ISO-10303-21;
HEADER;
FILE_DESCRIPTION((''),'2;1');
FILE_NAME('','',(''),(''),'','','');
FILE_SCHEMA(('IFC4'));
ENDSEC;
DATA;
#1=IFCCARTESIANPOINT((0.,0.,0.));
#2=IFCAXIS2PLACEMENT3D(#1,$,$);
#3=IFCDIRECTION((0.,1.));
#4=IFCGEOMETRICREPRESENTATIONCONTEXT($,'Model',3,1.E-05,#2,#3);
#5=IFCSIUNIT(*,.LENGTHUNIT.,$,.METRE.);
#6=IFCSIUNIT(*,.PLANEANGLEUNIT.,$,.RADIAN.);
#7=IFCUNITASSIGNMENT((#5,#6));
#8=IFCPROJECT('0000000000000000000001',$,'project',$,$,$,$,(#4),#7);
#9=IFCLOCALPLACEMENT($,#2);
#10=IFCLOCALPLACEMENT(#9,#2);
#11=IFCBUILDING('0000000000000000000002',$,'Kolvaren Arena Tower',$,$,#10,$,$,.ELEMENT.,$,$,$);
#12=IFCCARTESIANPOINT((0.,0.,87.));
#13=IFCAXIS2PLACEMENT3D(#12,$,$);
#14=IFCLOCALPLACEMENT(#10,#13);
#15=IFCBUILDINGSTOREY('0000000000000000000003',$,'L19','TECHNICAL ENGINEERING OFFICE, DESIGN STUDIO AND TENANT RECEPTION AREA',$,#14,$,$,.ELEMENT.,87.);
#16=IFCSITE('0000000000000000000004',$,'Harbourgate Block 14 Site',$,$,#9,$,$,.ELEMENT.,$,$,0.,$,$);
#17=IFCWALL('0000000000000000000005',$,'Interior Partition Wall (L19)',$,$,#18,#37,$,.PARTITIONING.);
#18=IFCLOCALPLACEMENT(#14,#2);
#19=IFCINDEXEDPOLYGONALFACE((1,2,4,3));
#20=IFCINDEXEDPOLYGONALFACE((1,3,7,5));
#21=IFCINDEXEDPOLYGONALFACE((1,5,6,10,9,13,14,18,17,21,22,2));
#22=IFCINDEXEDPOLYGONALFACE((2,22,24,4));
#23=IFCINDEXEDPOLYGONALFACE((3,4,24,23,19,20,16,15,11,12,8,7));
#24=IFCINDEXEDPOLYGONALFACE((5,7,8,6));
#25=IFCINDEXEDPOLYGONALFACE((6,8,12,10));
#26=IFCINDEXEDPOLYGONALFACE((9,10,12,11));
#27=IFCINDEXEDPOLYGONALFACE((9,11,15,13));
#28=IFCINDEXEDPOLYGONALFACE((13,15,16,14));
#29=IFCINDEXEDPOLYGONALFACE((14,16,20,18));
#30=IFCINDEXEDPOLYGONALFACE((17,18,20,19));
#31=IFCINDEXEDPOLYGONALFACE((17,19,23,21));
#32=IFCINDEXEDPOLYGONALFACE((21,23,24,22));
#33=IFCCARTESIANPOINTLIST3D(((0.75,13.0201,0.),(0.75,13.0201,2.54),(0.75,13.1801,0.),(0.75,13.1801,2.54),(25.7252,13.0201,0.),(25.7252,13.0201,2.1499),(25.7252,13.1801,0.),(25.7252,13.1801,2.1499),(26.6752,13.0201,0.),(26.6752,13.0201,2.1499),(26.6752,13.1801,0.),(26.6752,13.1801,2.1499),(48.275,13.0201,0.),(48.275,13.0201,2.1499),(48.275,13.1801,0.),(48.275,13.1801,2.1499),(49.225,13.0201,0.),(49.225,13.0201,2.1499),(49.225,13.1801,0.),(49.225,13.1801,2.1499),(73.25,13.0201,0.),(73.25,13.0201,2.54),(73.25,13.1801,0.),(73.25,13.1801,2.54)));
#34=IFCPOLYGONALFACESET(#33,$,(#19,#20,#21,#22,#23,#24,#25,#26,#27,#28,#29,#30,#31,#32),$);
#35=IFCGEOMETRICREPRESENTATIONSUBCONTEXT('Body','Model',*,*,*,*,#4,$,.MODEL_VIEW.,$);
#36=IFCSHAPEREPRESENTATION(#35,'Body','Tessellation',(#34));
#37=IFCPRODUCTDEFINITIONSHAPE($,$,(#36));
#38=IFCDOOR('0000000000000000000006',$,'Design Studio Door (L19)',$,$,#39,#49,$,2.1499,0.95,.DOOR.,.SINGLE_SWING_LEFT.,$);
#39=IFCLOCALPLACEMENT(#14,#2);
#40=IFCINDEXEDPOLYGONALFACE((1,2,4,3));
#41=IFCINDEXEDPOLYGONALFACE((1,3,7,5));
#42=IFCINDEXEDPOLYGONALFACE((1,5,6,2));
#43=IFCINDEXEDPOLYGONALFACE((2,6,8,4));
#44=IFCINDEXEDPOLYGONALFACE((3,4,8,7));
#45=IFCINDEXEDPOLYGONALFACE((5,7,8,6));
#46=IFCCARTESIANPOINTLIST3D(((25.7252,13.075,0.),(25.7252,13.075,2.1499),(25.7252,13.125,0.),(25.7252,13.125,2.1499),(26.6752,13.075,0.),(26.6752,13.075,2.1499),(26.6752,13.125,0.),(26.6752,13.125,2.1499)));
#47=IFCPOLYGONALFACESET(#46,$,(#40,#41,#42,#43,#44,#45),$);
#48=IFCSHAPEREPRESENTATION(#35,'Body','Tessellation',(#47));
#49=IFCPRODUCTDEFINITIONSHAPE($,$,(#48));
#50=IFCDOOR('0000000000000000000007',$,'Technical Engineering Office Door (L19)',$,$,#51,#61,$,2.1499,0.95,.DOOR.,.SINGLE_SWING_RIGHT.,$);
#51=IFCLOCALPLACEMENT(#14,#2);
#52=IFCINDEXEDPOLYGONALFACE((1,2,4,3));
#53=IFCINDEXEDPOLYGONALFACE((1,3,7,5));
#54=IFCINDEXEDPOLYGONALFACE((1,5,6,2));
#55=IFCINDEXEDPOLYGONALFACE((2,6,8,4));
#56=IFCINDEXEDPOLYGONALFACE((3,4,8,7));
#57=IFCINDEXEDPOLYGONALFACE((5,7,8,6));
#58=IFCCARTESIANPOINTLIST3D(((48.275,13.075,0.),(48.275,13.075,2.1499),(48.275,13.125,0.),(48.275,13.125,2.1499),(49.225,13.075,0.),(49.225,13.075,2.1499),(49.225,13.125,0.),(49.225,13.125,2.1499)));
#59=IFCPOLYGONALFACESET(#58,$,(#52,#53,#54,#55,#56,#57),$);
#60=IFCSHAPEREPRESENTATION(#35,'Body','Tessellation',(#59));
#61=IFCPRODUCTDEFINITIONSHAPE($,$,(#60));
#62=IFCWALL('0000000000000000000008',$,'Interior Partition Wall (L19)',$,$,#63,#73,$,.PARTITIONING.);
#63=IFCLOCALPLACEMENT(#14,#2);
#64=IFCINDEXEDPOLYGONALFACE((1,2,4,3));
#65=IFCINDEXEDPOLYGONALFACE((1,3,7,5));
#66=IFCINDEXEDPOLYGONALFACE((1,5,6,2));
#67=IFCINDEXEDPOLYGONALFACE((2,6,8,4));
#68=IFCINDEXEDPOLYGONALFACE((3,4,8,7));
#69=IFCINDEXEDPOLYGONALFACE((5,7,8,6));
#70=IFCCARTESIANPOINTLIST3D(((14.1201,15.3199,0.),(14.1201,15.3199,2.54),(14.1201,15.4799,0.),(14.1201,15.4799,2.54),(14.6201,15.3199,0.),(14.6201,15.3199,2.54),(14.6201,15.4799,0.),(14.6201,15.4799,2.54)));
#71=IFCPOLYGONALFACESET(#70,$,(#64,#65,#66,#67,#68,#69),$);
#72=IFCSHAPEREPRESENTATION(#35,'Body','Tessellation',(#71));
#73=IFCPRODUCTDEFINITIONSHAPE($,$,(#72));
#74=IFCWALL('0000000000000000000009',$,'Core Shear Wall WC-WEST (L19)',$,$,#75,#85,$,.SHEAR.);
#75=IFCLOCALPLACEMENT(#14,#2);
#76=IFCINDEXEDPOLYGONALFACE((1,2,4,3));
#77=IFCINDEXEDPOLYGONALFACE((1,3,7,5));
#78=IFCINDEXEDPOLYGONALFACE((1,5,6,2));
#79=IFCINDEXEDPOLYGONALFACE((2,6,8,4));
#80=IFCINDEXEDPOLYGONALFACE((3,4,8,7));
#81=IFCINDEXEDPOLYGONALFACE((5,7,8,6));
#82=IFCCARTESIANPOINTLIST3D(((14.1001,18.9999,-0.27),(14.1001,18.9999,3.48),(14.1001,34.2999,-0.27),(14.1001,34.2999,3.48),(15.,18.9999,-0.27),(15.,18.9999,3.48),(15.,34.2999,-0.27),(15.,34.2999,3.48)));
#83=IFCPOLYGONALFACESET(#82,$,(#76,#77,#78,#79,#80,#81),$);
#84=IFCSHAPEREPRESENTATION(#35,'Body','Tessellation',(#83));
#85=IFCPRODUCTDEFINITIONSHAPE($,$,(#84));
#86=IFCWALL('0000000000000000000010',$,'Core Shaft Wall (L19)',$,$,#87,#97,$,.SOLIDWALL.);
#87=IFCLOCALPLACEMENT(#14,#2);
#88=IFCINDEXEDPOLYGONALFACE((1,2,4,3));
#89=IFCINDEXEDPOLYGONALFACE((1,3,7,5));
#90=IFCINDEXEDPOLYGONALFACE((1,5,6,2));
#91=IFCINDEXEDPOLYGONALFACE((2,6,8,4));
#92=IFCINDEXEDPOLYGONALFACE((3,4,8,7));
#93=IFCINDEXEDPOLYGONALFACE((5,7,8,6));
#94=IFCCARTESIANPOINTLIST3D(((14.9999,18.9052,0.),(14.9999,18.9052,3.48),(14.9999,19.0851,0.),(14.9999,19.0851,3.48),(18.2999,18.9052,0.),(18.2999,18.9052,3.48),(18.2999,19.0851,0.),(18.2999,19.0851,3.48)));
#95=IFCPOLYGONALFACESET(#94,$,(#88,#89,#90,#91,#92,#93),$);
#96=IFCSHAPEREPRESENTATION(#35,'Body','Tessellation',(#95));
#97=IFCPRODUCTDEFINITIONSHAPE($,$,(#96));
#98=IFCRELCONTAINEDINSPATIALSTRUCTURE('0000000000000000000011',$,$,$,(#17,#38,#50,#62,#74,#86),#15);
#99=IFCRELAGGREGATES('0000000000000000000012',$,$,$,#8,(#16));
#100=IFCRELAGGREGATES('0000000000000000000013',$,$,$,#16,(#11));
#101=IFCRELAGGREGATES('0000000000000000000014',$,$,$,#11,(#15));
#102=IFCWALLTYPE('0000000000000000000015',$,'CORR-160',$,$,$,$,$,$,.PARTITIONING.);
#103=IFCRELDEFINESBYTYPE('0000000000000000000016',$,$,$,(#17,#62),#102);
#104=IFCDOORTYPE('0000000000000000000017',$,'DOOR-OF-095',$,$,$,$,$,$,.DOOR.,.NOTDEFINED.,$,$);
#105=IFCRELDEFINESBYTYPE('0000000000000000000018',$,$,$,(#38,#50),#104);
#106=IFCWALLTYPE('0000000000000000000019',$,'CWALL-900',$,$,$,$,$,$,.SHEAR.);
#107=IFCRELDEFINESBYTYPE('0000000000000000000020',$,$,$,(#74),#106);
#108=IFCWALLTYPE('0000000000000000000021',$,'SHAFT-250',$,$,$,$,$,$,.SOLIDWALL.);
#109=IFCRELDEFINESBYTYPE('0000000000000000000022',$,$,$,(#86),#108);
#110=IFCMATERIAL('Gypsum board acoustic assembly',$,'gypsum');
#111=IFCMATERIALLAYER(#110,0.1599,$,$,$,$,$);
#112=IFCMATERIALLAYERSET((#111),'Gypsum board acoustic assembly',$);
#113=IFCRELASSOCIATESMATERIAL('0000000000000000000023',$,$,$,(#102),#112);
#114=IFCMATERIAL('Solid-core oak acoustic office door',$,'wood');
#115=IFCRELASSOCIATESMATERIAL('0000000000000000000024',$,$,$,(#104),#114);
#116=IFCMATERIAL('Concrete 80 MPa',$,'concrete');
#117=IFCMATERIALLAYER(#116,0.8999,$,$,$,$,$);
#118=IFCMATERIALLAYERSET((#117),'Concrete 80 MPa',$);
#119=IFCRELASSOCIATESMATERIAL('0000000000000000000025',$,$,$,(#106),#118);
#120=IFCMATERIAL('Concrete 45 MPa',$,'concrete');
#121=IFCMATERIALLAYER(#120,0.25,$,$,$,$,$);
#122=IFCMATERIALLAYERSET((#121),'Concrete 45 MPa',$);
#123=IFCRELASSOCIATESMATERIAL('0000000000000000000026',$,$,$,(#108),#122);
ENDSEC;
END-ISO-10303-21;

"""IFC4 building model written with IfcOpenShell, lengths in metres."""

from ifc_helpers import new_model, si_unit, direction, frame, frame_2d, origin, place, context, subcontext, project, spatial, rectangle, extrude, material, layer, layer_set, type_object, element, fill, save


model = new_model("IFC4")

# Units and contexts
model_context = context("Model", 3, precision=1e-05, world=origin(), true_north=direction((0.0, 1.0)))
body_context = subcontext(model_context, "Body", "Model", "MODEL_VIEW")
ifc_project = project(units=[si_unit("LENGTHUNIT", "METRE"), si_unit("PLANEANGLEUNIT", "RADIAN")], contexts=[model_context])

# Site, building, storey
site_placement = place(None, origin())
site = spatial("IfcSite", under=ifc_project, at=site_placement, Name="Harbourgate Block 14 Site", CompositionType="ELEMENT", RefElevation=0.0)
building_placement = place(site_placement, origin())
building = spatial("IfcBuilding", under=site, at=building_placement, Name="Kolvaren Arena Tower", CompositionType="ELEMENT")
storey_placement = place(building_placement, frame((0.0, 0.0, 87.0)))
storey = spatial("IfcBuildingStorey", under=building, at=storey_placement, Name="L19", Description="TECHNICAL ENGINEERING OFFICE, DESIGN STUDIO AND TENANT RECEPTION AREA", CompositionType="ELEMENT", Elevation=87.0)

# Wall, openings, doors
ifc_material_1 = material(Name="Gypsum board acoustic assembly", Category="gypsum")
ifc_layer_1 = layer(ifc_material_1, 0.1599)
ifc_layer_set_1 = layer_set([ifc_layer_1], Name="Gypsum board acoustic assembly")
wall_type_1 = type_object("IfcWallType", Name="CORR-160", PredefinedType="PARTITIONING", material=ifc_layer_set_1)
wall_1_placement = place(storey_placement, frame((0.75, 13.1001, 0.0), z_axis=(0.0, 0.0, 1.0), x_axis=(1.0, 0.0, 0.0)))
wall_1 = element("IfcWall", 1, at=wall_1_placement, inside=storey, type_object=wall_type_1, Name="Interior Partition Wall (L19)", PredefinedType="PARTITIONING", context=body_context, shape_type="SweptSolid", body=[
    extrude(rectangle(XDim=72.5, YDim=0.1599, at=frame_2d((36.25, 0.0))), origin(), (0.0, 0.0, 1.0), 2.54),
])
opening_1_placement = place(wall_1_placement, frame((24.9751, 0.0, 0.0)))
opening_1 = element("IfcOpeningElement", 2, at=opening_1_placement, cuts=wall_1, PredefinedType="OPENING", context=body_context, shape_type="SweptSolid", body=[
    extrude(rectangle(XDim=0.95, YDim=2.1499, at=frame_2d((0.4751, 1.075))), frame((0.0, 0.0898, 0.0), z_axis=(0.0, -1.0, 0.0), x_axis=(1.0, 0.0, 0.0)), (0.0, 0.0, 1.0), 0.1799),
])
opening_2_placement = place(wall_1_placement, frame((47.5249, 0.0, 0.0)))
opening_2 = element("IfcOpeningElement", 3, at=opening_2_placement, cuts=wall_1, PredefinedType="OPENING", context=body_context, shape_type="SweptSolid", body=[
    extrude(rectangle(XDim=0.95, YDim=2.1499, at=frame_2d((0.4751, 1.075))), frame((0.0, 0.0898, 0.0), z_axis=(0.0, -1.0, 0.0), x_axis=(1.0, 0.0, 0.0)), (0.0, 0.0, 1.0), 0.1799),
])
ifc_material_2 = material(Name="Solid-core oak acoustic office door", Category="wood")
door_type_1 = type_object("IfcDoorType", Name="DOOR-OF-095", OperationType="NOTDEFINED", PredefinedType="DOOR", material=ifc_material_2)
door_1_placement = place(opening_1_placement, origin())
door_1 = element("IfcDoor", 4, at=door_1_placement, inside=storey, type_object=door_type_1, Name="Design Studio Door (L19)", OperationType="SINGLE_SWING_LEFT", OverallHeight=2.1499, OverallWidth=0.95, PredefinedType="DOOR", context=body_context, shape_type="SweptSolid", body=[
    extrude(rectangle(XDim=0.95, YDim=2.1499, at=frame_2d((0.4751, 1.075))), frame((0.0, 0.0249, 0.0), z_axis=(0.0, -1.0, 0.0), x_axis=(1.0, 0.0, 0.0)), (0.0, 0.0, 1.0), 0.05),
])
fill(opening_1, door_1)
door_2_placement = place(opening_2_placement, origin())
door_2 = element("IfcDoor", 5, at=door_2_placement, inside=storey, type_object=door_type_1, Name="Technical Engineering Office Door (L19)", OperationType="SINGLE_SWING_RIGHT", OverallHeight=2.1499, OverallWidth=0.95, PredefinedType="DOOR", context=body_context, shape_type="SweptSolid", body=[
    extrude(rectangle(XDim=0.95, YDim=2.1499, at=frame_2d((0.4751, 1.075))), frame((0.0, 0.0249, 0.0), z_axis=(0.0, -1.0, 0.0), x_axis=(1.0, 0.0, 0.0)), (0.0, 0.0, 1.0), 0.05),
])
fill(opening_2, door_2)

# Walls
wall_2_placement = place(storey_placement, frame((14.1201, 15.3999, 0.0), z_axis=(0.0, 0.0, 1.0), x_axis=(1.0, 0.0, 0.0)))
element("IfcWall", 6, at=wall_2_placement, inside=storey, type_object=wall_type_1, Name="Interior Partition Wall (L19)", PredefinedType="PARTITIONING", context=body_context, shape_type="SweptSolid", body=[
    extrude(rectangle(XDim=0.5, YDim=0.1599, at=frame_2d((0.25, 0.0))), origin(), (0.0, 0.0, 1.0), 2.54),
])
ifc_material_3 = material(Name="Concrete 80 MPa", Category="concrete")
ifc_layer_2 = layer(ifc_material_3, 0.8999)
ifc_layer_set_2 = layer_set([ifc_layer_2], Name="Concrete 80 MPa")
wall_type_2 = type_object("IfcWallType", Name="CWALL-900", PredefinedType="SHEAR", material=ifc_layer_set_2)
wall_3_placement = place(storey_placement, frame((14.55, 19.0, -0.27), z_axis=(0.0, 0.0, 1.0), x_axis=(0.0, 1.0, 0.0)))
element("IfcWall", 7, at=wall_3_placement, inside=storey, type_object=wall_type_2, Name="Core Shear Wall WC-WEST (L19)", PredefinedType="SHEAR", context=body_context, shape_type="SweptSolid", body=[
    extrude(rectangle(XDim=15.3, YDim=0.8999, at=frame_2d((7.6499, 0.0))), origin(), (0.0, 0.0, 1.0), 3.75),
])
ifc_material_4 = material(Name="Concrete 45 MPa", Category="concrete")
ifc_layer_3 = layer(ifc_material_4, 0.25)
ifc_layer_set_3 = layer_set([ifc_layer_3], Name="Concrete 45 MPa")
wall_type_3 = type_object("IfcWallType", Name="SHAFT-250", PredefinedType="SOLIDWALL", material=ifc_layer_set_3)
wall_4_placement = place(storey_placement, frame((15.0, 18.9951, 0.0), z_axis=(0.0, 0.0, 1.0), x_axis=(1.0, 0.0, 0.0)))
element("IfcWall", 8, at=wall_4_placement, inside=storey, type_object=wall_type_3, Name="Core Shaft Wall (L19)", PredefinedType="SOLIDWALL", context=body_context, shape_type="SweptSolid", body=[
    extrude(rectangle(XDim=3.3, YDim=0.1799, at=frame_2d((1.6499, 0.0))), origin(), (0.0, 0.0, 1.0), 3.48),
])

save(model, "model.ifc")
